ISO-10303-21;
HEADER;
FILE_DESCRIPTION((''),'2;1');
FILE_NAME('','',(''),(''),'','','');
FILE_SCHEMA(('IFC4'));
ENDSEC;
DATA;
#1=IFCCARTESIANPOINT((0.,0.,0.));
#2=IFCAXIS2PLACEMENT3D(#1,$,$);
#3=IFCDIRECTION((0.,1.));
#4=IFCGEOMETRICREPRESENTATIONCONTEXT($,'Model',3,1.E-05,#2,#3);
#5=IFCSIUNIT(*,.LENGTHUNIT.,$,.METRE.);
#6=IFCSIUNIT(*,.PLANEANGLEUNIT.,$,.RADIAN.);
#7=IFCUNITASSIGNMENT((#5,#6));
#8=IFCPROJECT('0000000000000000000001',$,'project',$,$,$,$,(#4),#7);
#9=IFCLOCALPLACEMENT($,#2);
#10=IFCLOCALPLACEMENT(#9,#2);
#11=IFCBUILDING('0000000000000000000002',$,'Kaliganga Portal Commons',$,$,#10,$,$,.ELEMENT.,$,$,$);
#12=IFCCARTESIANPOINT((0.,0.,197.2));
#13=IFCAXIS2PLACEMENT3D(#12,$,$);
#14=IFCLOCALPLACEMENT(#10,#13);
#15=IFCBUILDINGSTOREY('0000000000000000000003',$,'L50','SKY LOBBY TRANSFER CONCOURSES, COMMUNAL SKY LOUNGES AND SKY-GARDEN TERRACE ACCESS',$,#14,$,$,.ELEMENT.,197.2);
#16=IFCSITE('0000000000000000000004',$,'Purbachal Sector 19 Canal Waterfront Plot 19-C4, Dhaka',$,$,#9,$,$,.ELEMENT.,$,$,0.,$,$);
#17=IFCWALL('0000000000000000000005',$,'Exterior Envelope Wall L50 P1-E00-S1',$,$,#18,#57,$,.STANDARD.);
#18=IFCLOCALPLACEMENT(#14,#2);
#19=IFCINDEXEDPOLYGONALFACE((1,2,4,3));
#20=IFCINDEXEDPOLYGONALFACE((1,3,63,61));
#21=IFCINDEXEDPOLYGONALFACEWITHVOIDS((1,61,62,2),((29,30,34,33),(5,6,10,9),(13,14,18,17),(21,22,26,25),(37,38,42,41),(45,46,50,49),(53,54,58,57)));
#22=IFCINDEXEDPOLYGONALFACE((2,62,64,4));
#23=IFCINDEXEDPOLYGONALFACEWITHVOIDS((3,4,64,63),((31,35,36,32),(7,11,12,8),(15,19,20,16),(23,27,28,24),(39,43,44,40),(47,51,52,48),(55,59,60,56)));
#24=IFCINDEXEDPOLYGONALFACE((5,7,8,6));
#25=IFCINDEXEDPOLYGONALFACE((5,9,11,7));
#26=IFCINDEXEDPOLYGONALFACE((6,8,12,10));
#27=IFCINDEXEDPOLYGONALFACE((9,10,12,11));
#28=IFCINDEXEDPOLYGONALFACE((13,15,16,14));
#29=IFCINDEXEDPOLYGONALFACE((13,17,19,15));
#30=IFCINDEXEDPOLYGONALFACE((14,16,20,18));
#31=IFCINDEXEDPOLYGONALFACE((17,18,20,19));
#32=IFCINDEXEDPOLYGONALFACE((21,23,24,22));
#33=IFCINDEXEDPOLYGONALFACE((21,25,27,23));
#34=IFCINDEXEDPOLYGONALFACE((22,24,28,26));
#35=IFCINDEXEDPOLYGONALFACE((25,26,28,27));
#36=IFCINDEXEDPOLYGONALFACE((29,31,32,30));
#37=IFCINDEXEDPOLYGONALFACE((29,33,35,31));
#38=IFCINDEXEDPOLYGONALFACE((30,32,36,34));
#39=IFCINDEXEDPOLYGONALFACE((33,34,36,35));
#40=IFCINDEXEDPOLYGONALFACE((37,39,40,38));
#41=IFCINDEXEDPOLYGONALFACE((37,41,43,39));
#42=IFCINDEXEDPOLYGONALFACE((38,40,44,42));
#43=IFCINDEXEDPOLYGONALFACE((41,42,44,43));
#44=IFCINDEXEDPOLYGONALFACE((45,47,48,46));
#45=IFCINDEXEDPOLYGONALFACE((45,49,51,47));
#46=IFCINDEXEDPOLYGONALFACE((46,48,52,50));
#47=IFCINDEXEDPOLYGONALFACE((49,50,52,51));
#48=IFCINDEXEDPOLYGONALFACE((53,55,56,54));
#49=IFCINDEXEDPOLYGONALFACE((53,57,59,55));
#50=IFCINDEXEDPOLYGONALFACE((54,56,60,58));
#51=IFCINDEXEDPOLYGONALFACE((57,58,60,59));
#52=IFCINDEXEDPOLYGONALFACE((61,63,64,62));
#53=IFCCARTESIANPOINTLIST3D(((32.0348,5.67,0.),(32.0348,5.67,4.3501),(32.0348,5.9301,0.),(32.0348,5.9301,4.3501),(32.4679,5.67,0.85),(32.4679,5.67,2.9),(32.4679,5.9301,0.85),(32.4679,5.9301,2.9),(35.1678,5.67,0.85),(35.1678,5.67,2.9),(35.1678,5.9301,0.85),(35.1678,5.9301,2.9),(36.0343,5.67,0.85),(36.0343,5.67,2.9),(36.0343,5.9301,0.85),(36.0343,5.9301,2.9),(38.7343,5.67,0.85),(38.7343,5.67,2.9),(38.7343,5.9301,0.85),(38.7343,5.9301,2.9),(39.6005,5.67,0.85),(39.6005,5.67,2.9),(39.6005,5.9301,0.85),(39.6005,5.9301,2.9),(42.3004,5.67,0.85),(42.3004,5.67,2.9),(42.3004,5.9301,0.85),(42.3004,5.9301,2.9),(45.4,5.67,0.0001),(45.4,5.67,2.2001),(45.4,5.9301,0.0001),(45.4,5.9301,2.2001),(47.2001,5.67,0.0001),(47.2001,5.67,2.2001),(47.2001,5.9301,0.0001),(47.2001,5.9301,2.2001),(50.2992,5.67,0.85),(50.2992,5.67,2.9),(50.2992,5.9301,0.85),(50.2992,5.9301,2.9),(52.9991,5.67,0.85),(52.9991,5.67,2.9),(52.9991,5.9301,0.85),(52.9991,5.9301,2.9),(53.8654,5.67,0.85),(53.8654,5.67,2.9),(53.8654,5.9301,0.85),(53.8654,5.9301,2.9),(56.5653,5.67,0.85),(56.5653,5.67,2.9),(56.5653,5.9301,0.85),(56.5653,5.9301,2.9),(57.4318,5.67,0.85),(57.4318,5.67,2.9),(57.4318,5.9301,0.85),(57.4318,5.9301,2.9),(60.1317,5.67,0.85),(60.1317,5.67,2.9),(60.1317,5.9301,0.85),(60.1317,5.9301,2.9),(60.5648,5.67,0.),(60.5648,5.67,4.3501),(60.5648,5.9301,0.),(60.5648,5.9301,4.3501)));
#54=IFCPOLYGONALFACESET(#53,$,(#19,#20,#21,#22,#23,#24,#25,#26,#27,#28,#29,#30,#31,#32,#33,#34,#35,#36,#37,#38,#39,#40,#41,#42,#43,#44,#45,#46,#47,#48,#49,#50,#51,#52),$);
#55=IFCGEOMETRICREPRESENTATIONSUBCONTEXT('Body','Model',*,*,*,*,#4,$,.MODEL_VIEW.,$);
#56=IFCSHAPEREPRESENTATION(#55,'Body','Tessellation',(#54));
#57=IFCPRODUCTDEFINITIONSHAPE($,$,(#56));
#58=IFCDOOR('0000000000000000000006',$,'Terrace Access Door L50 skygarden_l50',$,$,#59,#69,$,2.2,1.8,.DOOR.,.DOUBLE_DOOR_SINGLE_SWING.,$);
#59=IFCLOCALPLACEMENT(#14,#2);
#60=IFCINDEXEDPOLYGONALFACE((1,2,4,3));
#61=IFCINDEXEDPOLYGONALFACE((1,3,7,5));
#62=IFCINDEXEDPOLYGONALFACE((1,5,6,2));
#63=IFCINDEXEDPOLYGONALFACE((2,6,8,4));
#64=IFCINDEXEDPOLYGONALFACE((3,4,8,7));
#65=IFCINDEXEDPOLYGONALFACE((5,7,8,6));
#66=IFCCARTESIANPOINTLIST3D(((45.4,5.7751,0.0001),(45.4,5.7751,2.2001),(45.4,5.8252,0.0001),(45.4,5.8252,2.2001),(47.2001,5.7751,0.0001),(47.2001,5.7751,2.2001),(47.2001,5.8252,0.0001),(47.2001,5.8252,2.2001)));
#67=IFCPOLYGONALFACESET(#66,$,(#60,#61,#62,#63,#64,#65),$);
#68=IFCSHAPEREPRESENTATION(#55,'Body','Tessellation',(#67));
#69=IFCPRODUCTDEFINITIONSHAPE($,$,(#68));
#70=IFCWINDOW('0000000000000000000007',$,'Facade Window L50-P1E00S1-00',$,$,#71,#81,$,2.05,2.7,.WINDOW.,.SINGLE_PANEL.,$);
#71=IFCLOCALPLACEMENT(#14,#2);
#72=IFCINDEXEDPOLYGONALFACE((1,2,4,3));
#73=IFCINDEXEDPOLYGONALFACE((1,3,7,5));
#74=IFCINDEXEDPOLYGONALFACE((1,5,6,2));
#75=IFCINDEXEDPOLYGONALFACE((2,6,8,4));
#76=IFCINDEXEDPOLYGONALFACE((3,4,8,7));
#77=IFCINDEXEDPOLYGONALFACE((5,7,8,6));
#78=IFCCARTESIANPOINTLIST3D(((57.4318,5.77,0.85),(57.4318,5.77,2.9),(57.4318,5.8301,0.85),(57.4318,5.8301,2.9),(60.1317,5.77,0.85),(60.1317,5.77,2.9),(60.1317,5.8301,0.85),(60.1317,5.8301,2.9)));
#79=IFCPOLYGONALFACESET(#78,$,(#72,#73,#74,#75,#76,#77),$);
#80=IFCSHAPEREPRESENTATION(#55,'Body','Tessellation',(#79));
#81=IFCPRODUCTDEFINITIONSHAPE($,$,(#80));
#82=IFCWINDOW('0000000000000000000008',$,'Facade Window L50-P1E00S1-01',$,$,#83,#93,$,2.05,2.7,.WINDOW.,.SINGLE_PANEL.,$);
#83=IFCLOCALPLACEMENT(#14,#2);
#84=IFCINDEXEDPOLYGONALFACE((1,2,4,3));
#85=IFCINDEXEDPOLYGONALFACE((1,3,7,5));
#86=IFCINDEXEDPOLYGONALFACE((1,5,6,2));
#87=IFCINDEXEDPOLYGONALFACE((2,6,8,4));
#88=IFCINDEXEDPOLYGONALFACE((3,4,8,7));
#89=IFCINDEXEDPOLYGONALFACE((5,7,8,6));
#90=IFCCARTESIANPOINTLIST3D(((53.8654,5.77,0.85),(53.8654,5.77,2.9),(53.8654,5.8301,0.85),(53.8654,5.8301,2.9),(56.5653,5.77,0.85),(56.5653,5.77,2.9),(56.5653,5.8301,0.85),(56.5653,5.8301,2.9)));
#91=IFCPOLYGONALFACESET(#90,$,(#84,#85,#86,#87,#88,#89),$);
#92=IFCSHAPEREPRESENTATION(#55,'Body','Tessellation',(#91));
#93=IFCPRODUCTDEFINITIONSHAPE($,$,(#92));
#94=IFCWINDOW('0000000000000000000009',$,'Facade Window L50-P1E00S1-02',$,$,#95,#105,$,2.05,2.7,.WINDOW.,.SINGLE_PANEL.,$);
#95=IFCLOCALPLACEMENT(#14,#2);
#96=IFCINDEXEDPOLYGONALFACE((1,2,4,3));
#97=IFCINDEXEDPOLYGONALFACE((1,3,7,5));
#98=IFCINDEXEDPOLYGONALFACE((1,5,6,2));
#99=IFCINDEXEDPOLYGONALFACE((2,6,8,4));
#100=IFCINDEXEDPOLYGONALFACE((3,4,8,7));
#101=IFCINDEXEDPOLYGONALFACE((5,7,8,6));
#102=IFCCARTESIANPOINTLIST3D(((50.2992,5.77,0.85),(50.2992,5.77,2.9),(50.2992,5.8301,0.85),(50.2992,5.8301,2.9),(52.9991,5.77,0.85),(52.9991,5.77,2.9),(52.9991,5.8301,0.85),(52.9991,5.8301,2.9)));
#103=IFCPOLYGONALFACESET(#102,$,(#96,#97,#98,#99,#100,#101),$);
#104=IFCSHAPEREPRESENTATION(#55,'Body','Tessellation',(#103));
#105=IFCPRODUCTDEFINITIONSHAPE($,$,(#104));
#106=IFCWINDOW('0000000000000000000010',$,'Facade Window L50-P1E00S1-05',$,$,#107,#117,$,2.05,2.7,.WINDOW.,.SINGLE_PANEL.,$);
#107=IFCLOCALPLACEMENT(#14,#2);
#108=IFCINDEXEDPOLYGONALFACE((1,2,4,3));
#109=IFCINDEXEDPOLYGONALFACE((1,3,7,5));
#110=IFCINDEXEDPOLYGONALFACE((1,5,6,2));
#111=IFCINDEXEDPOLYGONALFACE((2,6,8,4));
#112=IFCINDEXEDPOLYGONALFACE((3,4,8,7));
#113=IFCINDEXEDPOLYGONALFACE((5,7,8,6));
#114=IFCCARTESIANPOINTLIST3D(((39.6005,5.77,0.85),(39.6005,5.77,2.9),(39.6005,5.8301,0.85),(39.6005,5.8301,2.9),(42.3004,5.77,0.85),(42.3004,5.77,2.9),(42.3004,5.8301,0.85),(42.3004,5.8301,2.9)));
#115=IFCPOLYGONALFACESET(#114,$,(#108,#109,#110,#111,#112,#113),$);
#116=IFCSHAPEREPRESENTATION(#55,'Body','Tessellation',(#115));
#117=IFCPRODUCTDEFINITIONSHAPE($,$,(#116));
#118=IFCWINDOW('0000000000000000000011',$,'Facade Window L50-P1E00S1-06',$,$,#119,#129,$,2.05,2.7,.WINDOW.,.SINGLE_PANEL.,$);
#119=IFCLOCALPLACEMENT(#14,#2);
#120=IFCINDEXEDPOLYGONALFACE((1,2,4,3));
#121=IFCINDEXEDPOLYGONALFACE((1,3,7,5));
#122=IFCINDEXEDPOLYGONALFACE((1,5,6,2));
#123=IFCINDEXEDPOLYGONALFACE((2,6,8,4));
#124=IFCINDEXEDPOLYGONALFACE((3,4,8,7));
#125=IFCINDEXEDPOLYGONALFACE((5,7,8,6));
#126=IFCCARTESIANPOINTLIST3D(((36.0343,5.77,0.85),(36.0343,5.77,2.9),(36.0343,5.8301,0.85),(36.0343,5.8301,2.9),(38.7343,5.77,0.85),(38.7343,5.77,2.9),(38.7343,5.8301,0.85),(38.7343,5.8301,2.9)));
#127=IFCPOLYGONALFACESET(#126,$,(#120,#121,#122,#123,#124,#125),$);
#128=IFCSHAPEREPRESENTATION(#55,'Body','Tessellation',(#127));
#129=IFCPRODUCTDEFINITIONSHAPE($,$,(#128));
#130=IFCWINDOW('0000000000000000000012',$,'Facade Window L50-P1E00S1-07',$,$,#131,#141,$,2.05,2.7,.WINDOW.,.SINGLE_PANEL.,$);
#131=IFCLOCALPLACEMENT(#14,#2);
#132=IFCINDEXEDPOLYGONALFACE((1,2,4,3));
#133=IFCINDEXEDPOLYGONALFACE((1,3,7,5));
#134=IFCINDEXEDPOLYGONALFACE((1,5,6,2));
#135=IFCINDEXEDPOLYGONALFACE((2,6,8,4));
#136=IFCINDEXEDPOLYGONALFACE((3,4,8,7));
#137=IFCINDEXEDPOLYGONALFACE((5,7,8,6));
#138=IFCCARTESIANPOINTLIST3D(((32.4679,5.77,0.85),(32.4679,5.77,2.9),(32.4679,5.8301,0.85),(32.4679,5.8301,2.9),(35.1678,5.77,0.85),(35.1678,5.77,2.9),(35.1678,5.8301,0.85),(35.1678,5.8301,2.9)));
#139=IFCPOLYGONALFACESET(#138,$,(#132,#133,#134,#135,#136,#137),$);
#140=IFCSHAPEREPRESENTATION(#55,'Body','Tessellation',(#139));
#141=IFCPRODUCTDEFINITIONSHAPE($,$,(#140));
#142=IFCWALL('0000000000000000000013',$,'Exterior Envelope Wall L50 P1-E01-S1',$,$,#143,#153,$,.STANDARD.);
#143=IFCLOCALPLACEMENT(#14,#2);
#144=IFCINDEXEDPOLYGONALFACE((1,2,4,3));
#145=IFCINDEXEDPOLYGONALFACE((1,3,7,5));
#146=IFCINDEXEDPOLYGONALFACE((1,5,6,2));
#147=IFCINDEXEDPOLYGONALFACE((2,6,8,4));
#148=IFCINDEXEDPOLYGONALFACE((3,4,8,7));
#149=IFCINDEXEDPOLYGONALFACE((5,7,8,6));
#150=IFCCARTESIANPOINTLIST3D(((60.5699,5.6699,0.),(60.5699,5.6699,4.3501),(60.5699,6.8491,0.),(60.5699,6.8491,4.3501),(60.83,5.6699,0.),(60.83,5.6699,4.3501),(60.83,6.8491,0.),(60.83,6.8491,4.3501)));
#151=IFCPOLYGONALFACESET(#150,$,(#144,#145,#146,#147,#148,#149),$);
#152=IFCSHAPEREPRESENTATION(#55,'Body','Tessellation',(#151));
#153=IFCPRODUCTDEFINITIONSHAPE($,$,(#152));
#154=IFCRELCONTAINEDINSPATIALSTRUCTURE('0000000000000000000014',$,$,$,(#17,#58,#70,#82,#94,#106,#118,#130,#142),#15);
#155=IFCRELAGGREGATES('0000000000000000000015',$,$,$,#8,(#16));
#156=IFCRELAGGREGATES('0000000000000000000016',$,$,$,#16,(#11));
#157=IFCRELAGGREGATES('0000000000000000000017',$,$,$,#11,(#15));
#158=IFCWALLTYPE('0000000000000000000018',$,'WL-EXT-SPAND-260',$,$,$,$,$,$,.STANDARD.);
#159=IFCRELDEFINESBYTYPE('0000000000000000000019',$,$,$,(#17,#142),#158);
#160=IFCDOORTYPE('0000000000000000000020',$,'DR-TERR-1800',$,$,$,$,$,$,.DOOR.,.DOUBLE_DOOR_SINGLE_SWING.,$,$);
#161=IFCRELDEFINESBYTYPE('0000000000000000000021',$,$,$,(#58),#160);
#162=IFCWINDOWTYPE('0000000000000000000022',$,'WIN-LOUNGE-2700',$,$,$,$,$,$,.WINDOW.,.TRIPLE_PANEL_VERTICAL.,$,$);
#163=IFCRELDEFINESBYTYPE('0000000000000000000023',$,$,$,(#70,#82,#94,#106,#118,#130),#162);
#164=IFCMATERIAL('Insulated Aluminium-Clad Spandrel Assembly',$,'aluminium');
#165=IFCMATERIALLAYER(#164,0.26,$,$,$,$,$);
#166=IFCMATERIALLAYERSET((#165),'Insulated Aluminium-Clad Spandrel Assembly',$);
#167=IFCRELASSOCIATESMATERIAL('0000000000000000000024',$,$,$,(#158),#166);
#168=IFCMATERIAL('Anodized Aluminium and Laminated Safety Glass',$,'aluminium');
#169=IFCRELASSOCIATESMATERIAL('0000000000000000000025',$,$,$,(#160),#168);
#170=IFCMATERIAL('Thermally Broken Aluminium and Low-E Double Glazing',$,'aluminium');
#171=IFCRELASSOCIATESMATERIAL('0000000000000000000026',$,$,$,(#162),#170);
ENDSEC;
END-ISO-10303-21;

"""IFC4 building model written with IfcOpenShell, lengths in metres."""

from ifc_helpers import new_model, si_unit, direction, frame, frame_2d, origin, place, context, subcontext, project, spatial, rectangle, extrude, material, layer, layer_set, type_object, element, fill, save


model = new_model("IFC4")

# Units and contexts
model_context = context("Model", 3, precision=1e-05, world=origin(), true_north=direction((0.0, 1.0)))
body_context = subcontext(model_context, "Body", "Model", "MODEL_VIEW")
ifc_project = project(units=[si_unit("LENGTHUNIT", "METRE"), si_unit("PLANEANGLEUNIT", "RADIAN")], contexts=[model_context])

# Site, building, storey
site_placement = place(None, origin())
site = spatial("IfcSite", under=ifc_project, at=site_placement, Name="Purbachal Sector 19 Canal Waterfront Plot 19-C4, Dhaka", CompositionType="ELEMENT", RefElevation=0.0)
building_placement = place(site_placement, origin())
building = spatial("IfcBuilding", under=site, at=building_placement, Name="Kaliganga Portal Commons", CompositionType="ELEMENT")
storey_placement = place(building_placement, frame((0.0, 0.0, 197.2)))
storey = spatial("IfcBuildingStorey", under=building, at=storey_placement, Name="L50", Description="SKY LOBBY TRANSFER CONCOURSES, COMMUNAL SKY LOUNGES AND SKY-GARDEN TERRACE ACCESS", CompositionType="ELEMENT", Elevation=197.2)

# Wall, openings, door, windows
ifc_material_1 = material(Name="Insulated Aluminium-Clad Spandrel Assembly", Category="aluminium")
ifc_layer_1 = layer(ifc_material_1, 0.26)
ifc_layer_set_1 = layer_set([ifc_layer_1], Name="Insulated Aluminium-Clad Spandrel Assembly")
wall_type_1 = type_object("IfcWallType", Name="WL-EXT-SPAND-260", PredefinedType="STANDARD", material=ifc_layer_set_1)
wall_1_placement = place(storey_placement, frame((60.5649, 5.8, 0.0), z_axis=(0.0, 0.0, 1.0), x_axis=(-1.0, 0.0, 0.0)))
wall_1 = element("IfcWall", 1, at=wall_1_placement, inside=storey, type_object=wall_type_1, Name="Exterior Envelope Wall L50 P1-E00-S1", PredefinedType="STANDARD", context=body_context, shape_type="SweptSolid", body=[
    extrude(rectangle(XDim=28.53, YDim=0.26, at=frame_2d((14.2651, 0.0))), origin(), (0.0, 0.0, 1.0), 4.3501),
])
opening_1_placement = place(wall_1_placement, frame((13.365, 0.0, 0.0)))
opening_1 = element("IfcOpeningElement", 2, at=opening_1_placement, cuts=wall_1, PredefinedType="OPENING", context=body_context, shape_type="SweptSolid", body=[
    extrude(rectangle(XDim=1.8, YDim=2.2, at=frame_2d((0.8999, 1.1001))), frame((0.0, 0.1401, 0.0), z_axis=(0.0, -1.0, 0.0), x_axis=(1.0, 0.0, 0.0)), (0.0, 0.0, 1.0), 0.28),
])
opening_2_placement = place(wall_1_placement, frame((0.4331, 0.0, 0.8501)))
opening_2 = element("IfcOpeningElement", 3, at=opening_2_placement, cuts=wall_1, PredefinedType="OPENING", context=body_context, shape_type="SweptSolid", body=[
    extrude(rectangle(XDim=2.7, YDim=2.05, at=frame_2d((1.3501, 1.0249))), frame((0.0, 0.1401, 0.0), z_axis=(0.0, -1.0, 0.0), x_axis=(1.0, 0.0, 0.0)), (0.0, 0.0, 1.0), 0.28),
])
opening_3_placement = place(wall_1_placement, frame((3.9995, 0.0, 0.8501)))
opening_3 = element("IfcOpeningElement", 4, at=opening_3_placement, cuts=wall_1, PredefinedType="OPENING", context=body_context, shape_type="SweptSolid", body=[
    extrude(rectangle(XDim=2.7, YDim=2.05, at=frame_2d((1.3501, 1.0249))), frame((0.0, 0.1401, 0.0), z_axis=(0.0, -1.0, 0.0), x_axis=(1.0, 0.0, 0.0)), (0.0, 0.0, 1.0), 0.28),
])
opening_4_placement = place(wall_1_placement, frame((7.5657, 0.0, 0.8501)))
opening_4 = element("IfcOpeningElement", 5, at=opening_4_placement, cuts=wall_1, PredefinedType="OPENING", context=body_context, shape_type="SweptSolid", body=[
    extrude(rectangle(XDim=2.7, YDim=2.05, at=frame_2d((1.3501, 1.0249))), frame((0.0, 0.1401, 0.0), z_axis=(0.0, -1.0, 0.0), x_axis=(1.0, 0.0, 0.0)), (0.0, 0.0, 1.0), 0.28),
])
opening_5_placement = place(wall_1_placement, frame((18.2644, 0.0, 0.8501)))
opening_5 = element("IfcOpeningElement", 6, at=opening_5_placement, cuts=wall_1, PredefinedType="OPENING", context=body_context, shape_type="SweptSolid", body=[
    extrude(rectangle(XDim=2.7, YDim=2.05, at=frame_2d((1.3501, 1.0249))), frame((0.0, 0.1401, 0.0), z_axis=(0.0, -1.0, 0.0), x_axis=(1.0, 0.0, 0.0)), (0.0, 0.0, 1.0), 0.28),
])
opening_6_placement = place(wall_1_placement, frame((21.8306, 0.0, 0.8501)))
opening_6 = element("IfcOpeningElement", 7, at=opening_6_placement, cuts=wall_1, PredefinedType="OPENING", context=body_context, shape_type="SweptSolid", body=[
    extrude(rectangle(XDim=2.7, YDim=2.05, at=frame_2d((1.3501, 1.0249))), frame((0.0, 0.1401, 0.0), z_axis=(0.0, -1.0, 0.0), x_axis=(1.0, 0.0, 0.0)), (0.0, 0.0, 1.0), 0.28),
])
opening_7_placement = place(wall_1_placement, frame((25.397, 0.0, 0.8501)))
opening_7 = element("IfcOpeningElement", 8, at=opening_7_placement, cuts=wall_1, PredefinedType="OPENING", context=body_context, shape_type="SweptSolid", body=[
    extrude(rectangle(XDim=2.7, YDim=2.05, at=frame_2d((1.3501, 1.0249))), frame((0.0, 0.1401, 0.0), z_axis=(0.0, -1.0, 0.0), x_axis=(1.0, 0.0, 0.0)), (0.0, 0.0, 1.0), 0.28),
])
ifc_material_2 = material(Name="Anodized Aluminium and Laminated Safety Glass", Category="aluminium")
door_type_1 = type_object("IfcDoorType", Name="DR-TERR-1800", OperationType="DOUBLE_DOOR_SINGLE_SWING", PredefinedType="DOOR", material=ifc_material_2)
door_1_placement = place(opening_1_placement, origin())
door_1 = element("IfcDoor", 9, at=door_1_placement, inside=storey, type_object=door_type_1, Name="Terrace Access Door L50 skygarden_l50", OperationType="DOUBLE_DOOR_SINGLE_SWING", OverallHeight=2.2, OverallWidth=1.8, PredefinedType="DOOR", context=body_context, shape_type="SweptSolid", body=[
    extrude(rectangle(XDim=1.8, YDim=2.2, at=frame_2d((0.8999, 1.1001))), frame((0.0, 0.0249, 0.0), z_axis=(0.0, -1.0, 0.0), x_axis=(1.0, 0.0, 0.0)), (0.0, 0.0, 1.0), 0.05),
])
fill(opening_1, door_1)
ifc_material_3 = material(Name="Thermally Broken Aluminium and Low-E Double Glazing", Category="aluminium")
window_type = type_object("IfcWindowType", Name="WIN-LOUNGE-2700", PartitioningType="TRIPLE_PANEL_VERTICAL", PredefinedType="WINDOW", material=ifc_material_3)
window_1_placement = place(opening_2_placement, origin())
window_1 = element("IfcWindow", 10, at=window_1_placement, inside=storey, type_object=window_type, Name="Facade Window L50-P1E00S1-00", OverallHeight=2.05, OverallWidth=2.7, PartitioningType="SINGLE_PANEL", PredefinedType="WINDOW", context=body_context, shape_type="SweptSolid", body=[
    extrude(rectangle(XDim=2.7, YDim=2.05, at=frame_2d((1.3501, 1.0249))), frame((0.0, 0.03, 0.0), z_axis=(0.0, -1.0, 0.0), x_axis=(1.0, 0.0, 0.0)), (0.0, 0.0, 1.0), 0.0601),
])
fill(opening_2, window_1)
window_2_placement = place(opening_3_placement, origin())
window_2 = element("IfcWindow", 11, at=window_2_placement, inside=storey, type_object=window_type, Name="Facade Window L50-P1E00S1-01", OverallHeight=2.05, OverallWidth=2.7, PartitioningType="SINGLE_PANEL", PredefinedType="WINDOW", context=body_context, shape_type="SweptSolid", body=[
    extrude(rectangle(XDim=2.7, YDim=2.05, at=frame_2d((1.3501, 1.0249))), frame((0.0, 0.03, 0.0), z_axis=(0.0, -1.0, 0.0), x_axis=(1.0, 0.0, 0.0)), (0.0, 0.0, 1.0), 0.0601),
])
fill(opening_3, window_2)
window_3_placement = place(opening_4_placement, origin())
window_3 = element("IfcWindow", 12, at=window_3_placement, inside=storey, type_object=window_type, Name="Facade Window L50-P1E00S1-02", OverallHeight=2.05, OverallWidth=2.7, PartitioningType="SINGLE_PANEL", PredefinedType="WINDOW", context=body_context, shape_type="SweptSolid", body=[
    extrude(rectangle(XDim=2.7, YDim=2.05, at=frame_2d((1.3501, 1.0249))), frame((0.0, 0.03, 0.0), z_axis=(0.0, -1.0, 0.0), x_axis=(1.0, 0.0, 0.0)), (0.0, 0.0, 1.0), 0.0601),
])
fill(opening_4, window_3)
window_4_placement = place(opening_5_placement, origin())
window_4 = element("IfcWindow", 13, at=window_4_placement, inside=storey, type_object=window_type, Name="Facade Window L50-P1E00S1-05", OverallHeight=2.05, OverallWidth=2.7, PartitioningType="SINGLE_PANEL", PredefinedType="WINDOW", context=body_context, shape_type="SweptSolid", body=[
    extrude(rectangle(XDim=2.7, YDim=2.05, at=frame_2d((1.3501, 1.0249))), frame((0.0, 0.03, 0.0), z_axis=(0.0, -1.0, 0.0), x_axis=(1.0, 0.0, 0.0)), (0.0, 0.0, 1.0), 0.0601),
])
fill(opening_5, window_4)
window_5_placement = place(opening_6_placement, origin())
window_5 = element("IfcWindow", 14, at=window_5_placement, inside=storey, type_object=window_type, Name="Facade Window L50-P1E00S1-06", OverallHeight=2.05, OverallWidth=2.7, PartitioningType="SINGLE_PANEL", PredefinedType="WINDOW", context=body_context, shape_type="SweptSolid", body=[
    extrude(rectangle(XDim=2.7, YDim=2.05, at=frame_2d((1.3501, 1.0249))), frame((0.0, 0.03, 0.0), z_axis=(0.0, -1.0, 0.0), x_axis=(1.0, 0.0, 0.0)), (0.0, 0.0, 1.0), 0.0601),
])
fill(opening_6, window_5)
window_6_placement = place(opening_7_placement, origin())
window_6 = element("IfcWindow", 15, at=window_6_placement, inside=storey, type_object=window_type, Name="Facade Window L50-P1E00S1-07", OverallHeight=2.05, OverallWidth=2.7, PartitioningType="SINGLE_PANEL", PredefinedType="WINDOW", context=body_context, shape_type="SweptSolid", body=[
    extrude(rectangle(XDim=2.7, YDim=2.05, at=frame_2d((1.3501, 1.0249))), frame((0.0, 0.03, 0.0), z_axis=(0.0, -1.0, 0.0), x_axis=(1.0, 0.0, 0.0)), (0.0, 0.0, 1.0), 0.0601),
])
fill(opening_7, window_6)

# Wall
wall_2_placement = place(storey_placement, frame((60.7, 6.8491, 0.0), z_axis=(0.0, 0.0, 1.0), x_axis=(0.0, -1.0, 0.0)))
element("IfcWall", 16, at=wall_2_placement, inside=storey, type_object=wall_type_1, Name="Exterior Envelope Wall L50 P1-E01-S1", PredefinedType="STANDARD", context=body_context, shape_type="SweptSolid", body=[
    extrude(rectangle(XDim=1.1792, YDim=0.26, at=frame_2d((0.5896, 0.0))), origin(), (0.0, 0.0, 1.0), 4.3501),
])

save(model, "model.ifc")
